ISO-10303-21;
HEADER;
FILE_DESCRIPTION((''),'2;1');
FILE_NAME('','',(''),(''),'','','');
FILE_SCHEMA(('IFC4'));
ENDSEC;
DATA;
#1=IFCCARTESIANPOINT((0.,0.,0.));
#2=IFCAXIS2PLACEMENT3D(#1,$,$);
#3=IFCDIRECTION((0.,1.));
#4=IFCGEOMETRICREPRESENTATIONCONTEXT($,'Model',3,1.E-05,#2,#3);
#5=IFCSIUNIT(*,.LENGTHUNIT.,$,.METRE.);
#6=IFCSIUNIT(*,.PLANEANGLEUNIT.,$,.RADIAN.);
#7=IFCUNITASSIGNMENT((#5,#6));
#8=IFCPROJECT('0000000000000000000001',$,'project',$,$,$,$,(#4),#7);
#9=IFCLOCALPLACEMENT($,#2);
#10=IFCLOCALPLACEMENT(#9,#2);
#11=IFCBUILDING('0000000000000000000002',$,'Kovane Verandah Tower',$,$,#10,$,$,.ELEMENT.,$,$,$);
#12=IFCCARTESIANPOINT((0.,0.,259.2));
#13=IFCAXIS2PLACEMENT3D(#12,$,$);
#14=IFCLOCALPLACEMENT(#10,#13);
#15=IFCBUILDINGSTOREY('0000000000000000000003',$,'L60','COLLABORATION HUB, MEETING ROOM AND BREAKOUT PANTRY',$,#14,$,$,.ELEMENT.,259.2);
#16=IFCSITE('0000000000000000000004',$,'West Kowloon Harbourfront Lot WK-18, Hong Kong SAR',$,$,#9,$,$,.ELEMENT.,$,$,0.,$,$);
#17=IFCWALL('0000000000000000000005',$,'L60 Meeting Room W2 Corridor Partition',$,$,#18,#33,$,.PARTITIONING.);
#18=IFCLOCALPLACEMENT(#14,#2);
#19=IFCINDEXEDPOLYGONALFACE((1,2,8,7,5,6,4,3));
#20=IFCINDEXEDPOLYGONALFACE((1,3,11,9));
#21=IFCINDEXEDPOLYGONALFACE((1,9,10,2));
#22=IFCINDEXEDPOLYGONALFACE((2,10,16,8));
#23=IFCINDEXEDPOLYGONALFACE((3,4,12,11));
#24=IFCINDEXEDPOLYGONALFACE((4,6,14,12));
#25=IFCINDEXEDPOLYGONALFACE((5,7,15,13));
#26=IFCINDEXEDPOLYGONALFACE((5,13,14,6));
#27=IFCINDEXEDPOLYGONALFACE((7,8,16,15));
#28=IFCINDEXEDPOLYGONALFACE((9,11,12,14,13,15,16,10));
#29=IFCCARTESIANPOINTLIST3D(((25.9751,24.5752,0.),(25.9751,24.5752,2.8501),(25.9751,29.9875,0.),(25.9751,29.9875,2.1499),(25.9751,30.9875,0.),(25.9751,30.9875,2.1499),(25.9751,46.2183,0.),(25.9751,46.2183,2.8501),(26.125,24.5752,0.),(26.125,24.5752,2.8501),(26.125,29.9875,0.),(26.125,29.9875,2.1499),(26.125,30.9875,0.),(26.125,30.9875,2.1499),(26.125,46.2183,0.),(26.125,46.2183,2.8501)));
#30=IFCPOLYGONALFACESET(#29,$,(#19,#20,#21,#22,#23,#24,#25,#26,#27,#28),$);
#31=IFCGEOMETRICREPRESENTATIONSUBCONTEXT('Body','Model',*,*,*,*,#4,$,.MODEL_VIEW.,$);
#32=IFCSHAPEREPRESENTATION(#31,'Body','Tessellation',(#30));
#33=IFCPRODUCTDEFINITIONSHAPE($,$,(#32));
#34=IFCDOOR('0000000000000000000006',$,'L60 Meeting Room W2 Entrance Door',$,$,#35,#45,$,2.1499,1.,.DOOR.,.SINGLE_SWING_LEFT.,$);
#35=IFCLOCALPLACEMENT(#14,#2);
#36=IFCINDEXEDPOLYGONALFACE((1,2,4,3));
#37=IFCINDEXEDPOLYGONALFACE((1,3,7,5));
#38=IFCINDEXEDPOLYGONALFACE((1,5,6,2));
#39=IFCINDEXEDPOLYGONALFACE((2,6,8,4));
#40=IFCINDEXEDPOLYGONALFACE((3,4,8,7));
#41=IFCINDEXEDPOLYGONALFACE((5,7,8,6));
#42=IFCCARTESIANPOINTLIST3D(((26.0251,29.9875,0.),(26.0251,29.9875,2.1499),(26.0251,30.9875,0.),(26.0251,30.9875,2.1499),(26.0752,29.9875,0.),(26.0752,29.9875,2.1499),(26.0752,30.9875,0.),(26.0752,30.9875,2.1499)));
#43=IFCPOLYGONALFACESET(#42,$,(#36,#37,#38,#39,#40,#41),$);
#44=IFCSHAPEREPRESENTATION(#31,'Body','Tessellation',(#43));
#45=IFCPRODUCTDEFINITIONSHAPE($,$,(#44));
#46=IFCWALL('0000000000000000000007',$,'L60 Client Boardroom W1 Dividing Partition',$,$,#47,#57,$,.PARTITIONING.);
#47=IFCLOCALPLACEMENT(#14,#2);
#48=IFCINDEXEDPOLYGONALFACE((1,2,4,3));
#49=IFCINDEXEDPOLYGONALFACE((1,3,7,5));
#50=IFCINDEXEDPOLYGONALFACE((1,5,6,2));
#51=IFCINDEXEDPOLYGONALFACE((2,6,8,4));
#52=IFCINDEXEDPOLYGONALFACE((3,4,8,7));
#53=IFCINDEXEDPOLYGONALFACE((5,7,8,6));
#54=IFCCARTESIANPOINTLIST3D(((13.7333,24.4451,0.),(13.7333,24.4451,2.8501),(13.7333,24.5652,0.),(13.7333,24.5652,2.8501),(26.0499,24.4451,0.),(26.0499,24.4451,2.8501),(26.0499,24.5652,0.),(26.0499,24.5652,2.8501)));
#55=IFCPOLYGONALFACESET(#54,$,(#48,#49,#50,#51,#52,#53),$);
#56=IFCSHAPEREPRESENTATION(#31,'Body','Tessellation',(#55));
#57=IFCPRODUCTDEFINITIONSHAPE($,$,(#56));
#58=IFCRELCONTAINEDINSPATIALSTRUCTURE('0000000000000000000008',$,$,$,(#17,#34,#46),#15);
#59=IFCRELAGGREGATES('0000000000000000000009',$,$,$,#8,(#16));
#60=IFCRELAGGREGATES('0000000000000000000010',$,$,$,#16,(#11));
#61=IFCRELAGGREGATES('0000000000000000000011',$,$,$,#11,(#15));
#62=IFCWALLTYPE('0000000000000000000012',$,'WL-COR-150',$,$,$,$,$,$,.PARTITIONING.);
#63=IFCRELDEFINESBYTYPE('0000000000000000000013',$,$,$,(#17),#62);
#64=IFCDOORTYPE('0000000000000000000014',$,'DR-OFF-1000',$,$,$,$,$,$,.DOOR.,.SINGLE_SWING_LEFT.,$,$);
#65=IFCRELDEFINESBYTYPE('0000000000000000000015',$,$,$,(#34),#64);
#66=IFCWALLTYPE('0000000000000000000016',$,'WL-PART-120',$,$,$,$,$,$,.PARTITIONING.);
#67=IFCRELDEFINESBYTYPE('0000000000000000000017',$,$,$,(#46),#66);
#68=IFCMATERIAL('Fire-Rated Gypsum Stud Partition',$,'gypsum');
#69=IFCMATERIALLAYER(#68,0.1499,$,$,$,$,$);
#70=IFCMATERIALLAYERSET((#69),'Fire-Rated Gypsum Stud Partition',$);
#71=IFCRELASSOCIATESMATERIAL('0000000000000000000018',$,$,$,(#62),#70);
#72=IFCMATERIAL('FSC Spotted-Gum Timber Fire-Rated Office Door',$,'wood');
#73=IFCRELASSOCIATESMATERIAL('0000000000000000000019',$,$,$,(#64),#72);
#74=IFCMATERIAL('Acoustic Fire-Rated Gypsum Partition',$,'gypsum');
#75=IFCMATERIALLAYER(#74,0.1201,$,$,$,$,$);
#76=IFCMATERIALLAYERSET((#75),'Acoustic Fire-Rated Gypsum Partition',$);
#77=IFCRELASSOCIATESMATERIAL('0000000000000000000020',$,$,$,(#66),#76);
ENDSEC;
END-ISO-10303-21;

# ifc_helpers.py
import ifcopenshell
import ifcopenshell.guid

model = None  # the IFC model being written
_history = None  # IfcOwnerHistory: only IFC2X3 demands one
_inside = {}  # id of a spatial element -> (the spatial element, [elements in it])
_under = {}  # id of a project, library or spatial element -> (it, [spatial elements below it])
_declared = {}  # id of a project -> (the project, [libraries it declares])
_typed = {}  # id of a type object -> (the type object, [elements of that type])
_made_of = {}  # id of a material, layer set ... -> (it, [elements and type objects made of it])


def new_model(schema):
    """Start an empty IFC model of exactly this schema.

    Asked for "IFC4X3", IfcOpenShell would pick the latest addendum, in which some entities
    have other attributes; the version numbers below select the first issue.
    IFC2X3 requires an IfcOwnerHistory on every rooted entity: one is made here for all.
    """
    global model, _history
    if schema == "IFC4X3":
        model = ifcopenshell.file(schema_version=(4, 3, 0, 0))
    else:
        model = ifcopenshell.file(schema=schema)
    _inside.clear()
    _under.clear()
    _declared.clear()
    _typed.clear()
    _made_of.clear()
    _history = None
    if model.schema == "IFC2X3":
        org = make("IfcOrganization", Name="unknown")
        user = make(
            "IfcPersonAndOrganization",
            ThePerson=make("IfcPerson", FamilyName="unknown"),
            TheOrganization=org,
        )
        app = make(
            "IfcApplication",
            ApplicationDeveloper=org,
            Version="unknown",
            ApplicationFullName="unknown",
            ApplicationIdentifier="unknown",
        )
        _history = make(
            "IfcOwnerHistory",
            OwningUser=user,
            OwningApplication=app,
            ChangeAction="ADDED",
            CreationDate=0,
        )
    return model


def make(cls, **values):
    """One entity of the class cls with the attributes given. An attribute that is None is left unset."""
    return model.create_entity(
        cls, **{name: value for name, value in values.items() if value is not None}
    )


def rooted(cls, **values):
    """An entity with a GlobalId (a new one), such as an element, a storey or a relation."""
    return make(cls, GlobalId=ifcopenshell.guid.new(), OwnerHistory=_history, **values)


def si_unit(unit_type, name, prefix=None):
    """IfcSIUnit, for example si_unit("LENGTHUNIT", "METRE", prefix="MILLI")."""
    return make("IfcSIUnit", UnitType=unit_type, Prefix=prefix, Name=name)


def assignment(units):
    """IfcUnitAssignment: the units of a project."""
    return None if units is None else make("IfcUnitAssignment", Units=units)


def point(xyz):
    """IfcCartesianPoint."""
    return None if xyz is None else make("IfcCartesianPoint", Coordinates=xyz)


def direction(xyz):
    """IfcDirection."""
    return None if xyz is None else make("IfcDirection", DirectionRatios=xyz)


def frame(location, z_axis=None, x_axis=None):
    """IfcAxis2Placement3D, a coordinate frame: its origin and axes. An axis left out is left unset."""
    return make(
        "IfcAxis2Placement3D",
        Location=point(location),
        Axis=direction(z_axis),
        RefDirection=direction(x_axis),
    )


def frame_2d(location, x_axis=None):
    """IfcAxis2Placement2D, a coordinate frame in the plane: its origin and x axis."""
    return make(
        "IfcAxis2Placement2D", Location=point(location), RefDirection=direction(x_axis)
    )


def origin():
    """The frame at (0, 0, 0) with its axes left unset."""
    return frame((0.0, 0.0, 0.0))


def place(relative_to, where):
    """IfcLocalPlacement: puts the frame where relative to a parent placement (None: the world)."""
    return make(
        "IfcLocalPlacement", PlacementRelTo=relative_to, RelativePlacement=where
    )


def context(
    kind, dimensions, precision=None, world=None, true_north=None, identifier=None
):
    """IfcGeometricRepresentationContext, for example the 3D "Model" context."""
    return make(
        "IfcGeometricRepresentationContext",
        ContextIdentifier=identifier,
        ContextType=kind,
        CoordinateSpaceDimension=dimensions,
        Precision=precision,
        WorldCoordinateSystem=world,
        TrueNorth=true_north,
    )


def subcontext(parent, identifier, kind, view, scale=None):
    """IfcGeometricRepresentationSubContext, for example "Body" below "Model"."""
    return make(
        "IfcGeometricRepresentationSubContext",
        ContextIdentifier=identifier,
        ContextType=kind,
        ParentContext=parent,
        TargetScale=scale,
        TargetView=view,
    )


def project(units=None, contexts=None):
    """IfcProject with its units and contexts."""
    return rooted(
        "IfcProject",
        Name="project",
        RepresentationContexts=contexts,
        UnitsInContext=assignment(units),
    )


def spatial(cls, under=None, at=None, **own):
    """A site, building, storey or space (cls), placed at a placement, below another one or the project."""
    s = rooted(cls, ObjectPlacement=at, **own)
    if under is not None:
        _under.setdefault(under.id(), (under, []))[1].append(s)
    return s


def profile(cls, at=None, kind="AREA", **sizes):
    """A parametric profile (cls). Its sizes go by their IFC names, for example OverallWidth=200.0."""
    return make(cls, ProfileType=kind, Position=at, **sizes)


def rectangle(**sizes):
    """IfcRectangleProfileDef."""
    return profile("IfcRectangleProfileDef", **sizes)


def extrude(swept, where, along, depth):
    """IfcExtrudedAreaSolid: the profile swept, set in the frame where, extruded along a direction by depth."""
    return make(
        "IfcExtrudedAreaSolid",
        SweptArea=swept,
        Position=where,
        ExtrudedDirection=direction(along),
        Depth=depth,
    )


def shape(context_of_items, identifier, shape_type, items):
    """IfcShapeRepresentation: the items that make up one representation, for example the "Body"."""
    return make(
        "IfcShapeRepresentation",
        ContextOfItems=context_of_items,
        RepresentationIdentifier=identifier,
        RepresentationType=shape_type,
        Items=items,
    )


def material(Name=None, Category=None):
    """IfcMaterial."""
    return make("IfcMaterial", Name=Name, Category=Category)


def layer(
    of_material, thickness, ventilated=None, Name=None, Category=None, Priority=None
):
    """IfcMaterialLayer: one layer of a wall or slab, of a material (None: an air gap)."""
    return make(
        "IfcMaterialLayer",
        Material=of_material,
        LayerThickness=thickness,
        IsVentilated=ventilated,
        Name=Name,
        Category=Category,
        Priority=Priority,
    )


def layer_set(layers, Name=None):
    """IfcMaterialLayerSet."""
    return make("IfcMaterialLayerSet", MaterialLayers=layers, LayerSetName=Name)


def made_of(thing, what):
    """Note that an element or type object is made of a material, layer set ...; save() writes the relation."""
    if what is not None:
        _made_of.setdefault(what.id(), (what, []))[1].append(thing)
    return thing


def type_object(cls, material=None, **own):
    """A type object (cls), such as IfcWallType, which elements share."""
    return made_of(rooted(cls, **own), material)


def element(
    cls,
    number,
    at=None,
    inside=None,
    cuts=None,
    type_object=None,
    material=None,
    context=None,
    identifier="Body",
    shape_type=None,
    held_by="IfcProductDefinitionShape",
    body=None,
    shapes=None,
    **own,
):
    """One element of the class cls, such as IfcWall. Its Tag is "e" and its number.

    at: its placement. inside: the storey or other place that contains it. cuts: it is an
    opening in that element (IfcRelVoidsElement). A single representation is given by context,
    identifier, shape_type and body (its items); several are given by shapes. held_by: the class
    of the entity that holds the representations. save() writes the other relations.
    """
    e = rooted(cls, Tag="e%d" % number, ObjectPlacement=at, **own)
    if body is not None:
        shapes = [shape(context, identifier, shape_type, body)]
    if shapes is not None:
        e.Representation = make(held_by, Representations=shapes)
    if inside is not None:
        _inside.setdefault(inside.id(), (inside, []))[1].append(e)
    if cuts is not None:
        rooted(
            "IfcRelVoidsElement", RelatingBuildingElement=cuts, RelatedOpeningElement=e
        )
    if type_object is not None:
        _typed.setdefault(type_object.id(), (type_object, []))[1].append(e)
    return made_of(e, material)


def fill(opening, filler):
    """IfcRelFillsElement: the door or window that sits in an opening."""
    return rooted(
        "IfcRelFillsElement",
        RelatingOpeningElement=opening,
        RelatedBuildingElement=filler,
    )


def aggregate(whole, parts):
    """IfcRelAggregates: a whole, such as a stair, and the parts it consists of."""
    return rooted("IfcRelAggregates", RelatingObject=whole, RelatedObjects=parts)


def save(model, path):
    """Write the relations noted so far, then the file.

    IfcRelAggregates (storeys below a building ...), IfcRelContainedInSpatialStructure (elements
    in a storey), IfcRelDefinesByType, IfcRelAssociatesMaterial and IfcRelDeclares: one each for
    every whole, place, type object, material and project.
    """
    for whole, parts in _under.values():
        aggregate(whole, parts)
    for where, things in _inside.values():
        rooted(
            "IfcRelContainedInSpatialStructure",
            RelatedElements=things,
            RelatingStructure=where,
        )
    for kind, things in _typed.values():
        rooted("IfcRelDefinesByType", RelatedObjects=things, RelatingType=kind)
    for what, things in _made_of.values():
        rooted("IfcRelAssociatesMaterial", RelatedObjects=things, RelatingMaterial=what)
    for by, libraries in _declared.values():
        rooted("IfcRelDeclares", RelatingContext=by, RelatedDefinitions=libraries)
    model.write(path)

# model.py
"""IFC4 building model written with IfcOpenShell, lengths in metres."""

from ifc_helpers import new_model, si_unit, direction, frame, frame_2d, origin, place, context, subcontext, project, spatial, rectangle, extrude, material, layer, layer_set, type_object, element, fill, save


model = new_model("IFC4")

# Units and contexts
model_context = context("Model", 3, precision=1e-05, world=origin(), true_north=direction((0.0, 1.0)))
body_context = subcontext(model_context, "Body", "Model", "MODEL_VIEW")
ifc_project = project(units=[si_unit("LENGTHUNIT", "METRE"), si_unit("PLANEANGLEUNIT", "RADIAN")], contexts=[model_context])

# Site, building, storey
site_placement = place(None, origin())
site = spatial("IfcSite", under=ifc_project, at=site_placement, Name="West Kowloon Harbourfront Lot WK-18, Hong Kong SAR", CompositionType="ELEMENT", RefElevation=0.0)
building_placement = place(site_placement, origin())
building = spatial("IfcBuilding", under=site, at=building_placement, Name="Kovane Verandah Tower", CompositionType="ELEMENT")
storey_placement = place(building_placement, frame((0.0, 0.0, 259.2)))
storey = spatial("IfcBuildingStorey", under=building, at=storey_placement, Name="L60", Description="COLLABORATION HUB, MEETING ROOM AND BREAKOUT PANTRY", CompositionType="ELEMENT", Elevation=259.2)

# Wall, opening, door
ifc_material_1 = material(Name="Fire-Rated Gypsum Stud Partition", Category="gypsum")
ifc_layer_1 = layer(ifc_material_1, 0.1499)
ifc_layer_set_1 = layer_set([ifc_layer_1], Name="Fire-Rated Gypsum Stud Partition")
wall_type_1 = type_object("IfcWallType", Name="WL-COR-150", PredefinedType="PARTITIONING", material=ifc_layer_set_1)
wall_1_placement = place(storey_placement, frame((26.05, 24.5752, 0.0), z_axis=(0.0, 0.0, 1.0), x_axis=(0.0, 1.0, 0.0)))
wall_1 = element("IfcWall", 1, at=wall_1_placement, inside=storey, type_object=wall_type_1, Name="L60 Meeting Room W2 Corridor Partition", PredefinedType="PARTITIONING", context=body_context, shape_type="SweptSolid", body=[
    extrude(rectangle(XDim=21.6431, YDim=0.1499, at=frame_2d((10.8215, 0.0))), origin(), (0.0, 0.0, 1.0), 2.8501),
])
opening_placement = place(wall_1_placement, frame((5.4124, 0.0, 0.0)))
opening = element("IfcOpeningElement", 2, at=opening_placement, cuts=wall_1, PredefinedType="OPENING", context=body_context, shape_type="SweptSolid", body=[
    extrude(rectangle(XDim=1.0, YDim=2.1499, at=frame_2d((0.5, 1.075))), frame((0.0, 0.075, 0.0), z_axis=(0.0, -1.0, 0.0), x_axis=(1.0, 0.0, 0.0)), (0.0, 0.0, 1.0), 0.1499),
])
ifc_material_2 = material(Name="FSC Spotted-Gum Timber Fire-Rated Office Door", Category="wood")
door_type = type_object("IfcDoorType", Name="DR-OFF-1000", OperationType="SINGLE_SWING_LEFT", PredefinedType="DOOR", material=ifc_material_2)
door_placement = place(opening_placement, origin())
door = element("IfcDoor", 3, at=door_placement, inside=storey, type_object=door_type, Name="L60 Meeting Room W2 Entrance Door", OperationType="SINGLE_SWING_LEFT", OverallHeight=2.1499, OverallWidth=1.0, PredefinedType="DOOR", context=body_context, shape_type="SweptSolid", body=[
    extrude(rectangle(XDim=1.0, YDim=2.1499, at=frame_2d((0.5, 1.075))), frame((0.0, 0.0249, 0.0), z_axis=(0.0, -1.0, 0.0), x_axis=(1.0, 0.0, 0.0)), (0.0, 0.0, 1.0), 0.05),
])
fill(opening, door)

# Wall
ifc_material_3 = material(Name="Acoustic Fire-Rated Gypsum Partition", Category="gypsum")
ifc_layer_2 = layer(ifc_material_3, 0.1201)
ifc_layer_set_2 = layer_set([ifc_layer_2], Name="Acoustic Fire-Rated Gypsum Partition")
wall_type_2 = type_object("IfcWallType", Name="WL-PART-120", PredefinedType="PARTITIONING", material=ifc_layer_set_2)
wall_2_placement = place(storey_placement, frame((13.7334, 24.5051, 0.0), z_axis=(0.0, 0.0, 1.0), x_axis=(1.0, 0.0, 0.0)))
element("IfcWall", 4, at=wall_2_placement, inside=storey, type_object=wall_type_2, Name="L60 Client Boardroom W1 Dividing Partition", PredefinedType="PARTITIONING", context=body_context, shape_type="SweptSolid", body=[
    extrude(rectangle(XDim=12.3167, YDim=0.1201, at=frame_2d((6.1582, 0.0))), origin(), (0.0, 0.0, 1.0), 2.8501),
])

save(model, "model.ifc")
